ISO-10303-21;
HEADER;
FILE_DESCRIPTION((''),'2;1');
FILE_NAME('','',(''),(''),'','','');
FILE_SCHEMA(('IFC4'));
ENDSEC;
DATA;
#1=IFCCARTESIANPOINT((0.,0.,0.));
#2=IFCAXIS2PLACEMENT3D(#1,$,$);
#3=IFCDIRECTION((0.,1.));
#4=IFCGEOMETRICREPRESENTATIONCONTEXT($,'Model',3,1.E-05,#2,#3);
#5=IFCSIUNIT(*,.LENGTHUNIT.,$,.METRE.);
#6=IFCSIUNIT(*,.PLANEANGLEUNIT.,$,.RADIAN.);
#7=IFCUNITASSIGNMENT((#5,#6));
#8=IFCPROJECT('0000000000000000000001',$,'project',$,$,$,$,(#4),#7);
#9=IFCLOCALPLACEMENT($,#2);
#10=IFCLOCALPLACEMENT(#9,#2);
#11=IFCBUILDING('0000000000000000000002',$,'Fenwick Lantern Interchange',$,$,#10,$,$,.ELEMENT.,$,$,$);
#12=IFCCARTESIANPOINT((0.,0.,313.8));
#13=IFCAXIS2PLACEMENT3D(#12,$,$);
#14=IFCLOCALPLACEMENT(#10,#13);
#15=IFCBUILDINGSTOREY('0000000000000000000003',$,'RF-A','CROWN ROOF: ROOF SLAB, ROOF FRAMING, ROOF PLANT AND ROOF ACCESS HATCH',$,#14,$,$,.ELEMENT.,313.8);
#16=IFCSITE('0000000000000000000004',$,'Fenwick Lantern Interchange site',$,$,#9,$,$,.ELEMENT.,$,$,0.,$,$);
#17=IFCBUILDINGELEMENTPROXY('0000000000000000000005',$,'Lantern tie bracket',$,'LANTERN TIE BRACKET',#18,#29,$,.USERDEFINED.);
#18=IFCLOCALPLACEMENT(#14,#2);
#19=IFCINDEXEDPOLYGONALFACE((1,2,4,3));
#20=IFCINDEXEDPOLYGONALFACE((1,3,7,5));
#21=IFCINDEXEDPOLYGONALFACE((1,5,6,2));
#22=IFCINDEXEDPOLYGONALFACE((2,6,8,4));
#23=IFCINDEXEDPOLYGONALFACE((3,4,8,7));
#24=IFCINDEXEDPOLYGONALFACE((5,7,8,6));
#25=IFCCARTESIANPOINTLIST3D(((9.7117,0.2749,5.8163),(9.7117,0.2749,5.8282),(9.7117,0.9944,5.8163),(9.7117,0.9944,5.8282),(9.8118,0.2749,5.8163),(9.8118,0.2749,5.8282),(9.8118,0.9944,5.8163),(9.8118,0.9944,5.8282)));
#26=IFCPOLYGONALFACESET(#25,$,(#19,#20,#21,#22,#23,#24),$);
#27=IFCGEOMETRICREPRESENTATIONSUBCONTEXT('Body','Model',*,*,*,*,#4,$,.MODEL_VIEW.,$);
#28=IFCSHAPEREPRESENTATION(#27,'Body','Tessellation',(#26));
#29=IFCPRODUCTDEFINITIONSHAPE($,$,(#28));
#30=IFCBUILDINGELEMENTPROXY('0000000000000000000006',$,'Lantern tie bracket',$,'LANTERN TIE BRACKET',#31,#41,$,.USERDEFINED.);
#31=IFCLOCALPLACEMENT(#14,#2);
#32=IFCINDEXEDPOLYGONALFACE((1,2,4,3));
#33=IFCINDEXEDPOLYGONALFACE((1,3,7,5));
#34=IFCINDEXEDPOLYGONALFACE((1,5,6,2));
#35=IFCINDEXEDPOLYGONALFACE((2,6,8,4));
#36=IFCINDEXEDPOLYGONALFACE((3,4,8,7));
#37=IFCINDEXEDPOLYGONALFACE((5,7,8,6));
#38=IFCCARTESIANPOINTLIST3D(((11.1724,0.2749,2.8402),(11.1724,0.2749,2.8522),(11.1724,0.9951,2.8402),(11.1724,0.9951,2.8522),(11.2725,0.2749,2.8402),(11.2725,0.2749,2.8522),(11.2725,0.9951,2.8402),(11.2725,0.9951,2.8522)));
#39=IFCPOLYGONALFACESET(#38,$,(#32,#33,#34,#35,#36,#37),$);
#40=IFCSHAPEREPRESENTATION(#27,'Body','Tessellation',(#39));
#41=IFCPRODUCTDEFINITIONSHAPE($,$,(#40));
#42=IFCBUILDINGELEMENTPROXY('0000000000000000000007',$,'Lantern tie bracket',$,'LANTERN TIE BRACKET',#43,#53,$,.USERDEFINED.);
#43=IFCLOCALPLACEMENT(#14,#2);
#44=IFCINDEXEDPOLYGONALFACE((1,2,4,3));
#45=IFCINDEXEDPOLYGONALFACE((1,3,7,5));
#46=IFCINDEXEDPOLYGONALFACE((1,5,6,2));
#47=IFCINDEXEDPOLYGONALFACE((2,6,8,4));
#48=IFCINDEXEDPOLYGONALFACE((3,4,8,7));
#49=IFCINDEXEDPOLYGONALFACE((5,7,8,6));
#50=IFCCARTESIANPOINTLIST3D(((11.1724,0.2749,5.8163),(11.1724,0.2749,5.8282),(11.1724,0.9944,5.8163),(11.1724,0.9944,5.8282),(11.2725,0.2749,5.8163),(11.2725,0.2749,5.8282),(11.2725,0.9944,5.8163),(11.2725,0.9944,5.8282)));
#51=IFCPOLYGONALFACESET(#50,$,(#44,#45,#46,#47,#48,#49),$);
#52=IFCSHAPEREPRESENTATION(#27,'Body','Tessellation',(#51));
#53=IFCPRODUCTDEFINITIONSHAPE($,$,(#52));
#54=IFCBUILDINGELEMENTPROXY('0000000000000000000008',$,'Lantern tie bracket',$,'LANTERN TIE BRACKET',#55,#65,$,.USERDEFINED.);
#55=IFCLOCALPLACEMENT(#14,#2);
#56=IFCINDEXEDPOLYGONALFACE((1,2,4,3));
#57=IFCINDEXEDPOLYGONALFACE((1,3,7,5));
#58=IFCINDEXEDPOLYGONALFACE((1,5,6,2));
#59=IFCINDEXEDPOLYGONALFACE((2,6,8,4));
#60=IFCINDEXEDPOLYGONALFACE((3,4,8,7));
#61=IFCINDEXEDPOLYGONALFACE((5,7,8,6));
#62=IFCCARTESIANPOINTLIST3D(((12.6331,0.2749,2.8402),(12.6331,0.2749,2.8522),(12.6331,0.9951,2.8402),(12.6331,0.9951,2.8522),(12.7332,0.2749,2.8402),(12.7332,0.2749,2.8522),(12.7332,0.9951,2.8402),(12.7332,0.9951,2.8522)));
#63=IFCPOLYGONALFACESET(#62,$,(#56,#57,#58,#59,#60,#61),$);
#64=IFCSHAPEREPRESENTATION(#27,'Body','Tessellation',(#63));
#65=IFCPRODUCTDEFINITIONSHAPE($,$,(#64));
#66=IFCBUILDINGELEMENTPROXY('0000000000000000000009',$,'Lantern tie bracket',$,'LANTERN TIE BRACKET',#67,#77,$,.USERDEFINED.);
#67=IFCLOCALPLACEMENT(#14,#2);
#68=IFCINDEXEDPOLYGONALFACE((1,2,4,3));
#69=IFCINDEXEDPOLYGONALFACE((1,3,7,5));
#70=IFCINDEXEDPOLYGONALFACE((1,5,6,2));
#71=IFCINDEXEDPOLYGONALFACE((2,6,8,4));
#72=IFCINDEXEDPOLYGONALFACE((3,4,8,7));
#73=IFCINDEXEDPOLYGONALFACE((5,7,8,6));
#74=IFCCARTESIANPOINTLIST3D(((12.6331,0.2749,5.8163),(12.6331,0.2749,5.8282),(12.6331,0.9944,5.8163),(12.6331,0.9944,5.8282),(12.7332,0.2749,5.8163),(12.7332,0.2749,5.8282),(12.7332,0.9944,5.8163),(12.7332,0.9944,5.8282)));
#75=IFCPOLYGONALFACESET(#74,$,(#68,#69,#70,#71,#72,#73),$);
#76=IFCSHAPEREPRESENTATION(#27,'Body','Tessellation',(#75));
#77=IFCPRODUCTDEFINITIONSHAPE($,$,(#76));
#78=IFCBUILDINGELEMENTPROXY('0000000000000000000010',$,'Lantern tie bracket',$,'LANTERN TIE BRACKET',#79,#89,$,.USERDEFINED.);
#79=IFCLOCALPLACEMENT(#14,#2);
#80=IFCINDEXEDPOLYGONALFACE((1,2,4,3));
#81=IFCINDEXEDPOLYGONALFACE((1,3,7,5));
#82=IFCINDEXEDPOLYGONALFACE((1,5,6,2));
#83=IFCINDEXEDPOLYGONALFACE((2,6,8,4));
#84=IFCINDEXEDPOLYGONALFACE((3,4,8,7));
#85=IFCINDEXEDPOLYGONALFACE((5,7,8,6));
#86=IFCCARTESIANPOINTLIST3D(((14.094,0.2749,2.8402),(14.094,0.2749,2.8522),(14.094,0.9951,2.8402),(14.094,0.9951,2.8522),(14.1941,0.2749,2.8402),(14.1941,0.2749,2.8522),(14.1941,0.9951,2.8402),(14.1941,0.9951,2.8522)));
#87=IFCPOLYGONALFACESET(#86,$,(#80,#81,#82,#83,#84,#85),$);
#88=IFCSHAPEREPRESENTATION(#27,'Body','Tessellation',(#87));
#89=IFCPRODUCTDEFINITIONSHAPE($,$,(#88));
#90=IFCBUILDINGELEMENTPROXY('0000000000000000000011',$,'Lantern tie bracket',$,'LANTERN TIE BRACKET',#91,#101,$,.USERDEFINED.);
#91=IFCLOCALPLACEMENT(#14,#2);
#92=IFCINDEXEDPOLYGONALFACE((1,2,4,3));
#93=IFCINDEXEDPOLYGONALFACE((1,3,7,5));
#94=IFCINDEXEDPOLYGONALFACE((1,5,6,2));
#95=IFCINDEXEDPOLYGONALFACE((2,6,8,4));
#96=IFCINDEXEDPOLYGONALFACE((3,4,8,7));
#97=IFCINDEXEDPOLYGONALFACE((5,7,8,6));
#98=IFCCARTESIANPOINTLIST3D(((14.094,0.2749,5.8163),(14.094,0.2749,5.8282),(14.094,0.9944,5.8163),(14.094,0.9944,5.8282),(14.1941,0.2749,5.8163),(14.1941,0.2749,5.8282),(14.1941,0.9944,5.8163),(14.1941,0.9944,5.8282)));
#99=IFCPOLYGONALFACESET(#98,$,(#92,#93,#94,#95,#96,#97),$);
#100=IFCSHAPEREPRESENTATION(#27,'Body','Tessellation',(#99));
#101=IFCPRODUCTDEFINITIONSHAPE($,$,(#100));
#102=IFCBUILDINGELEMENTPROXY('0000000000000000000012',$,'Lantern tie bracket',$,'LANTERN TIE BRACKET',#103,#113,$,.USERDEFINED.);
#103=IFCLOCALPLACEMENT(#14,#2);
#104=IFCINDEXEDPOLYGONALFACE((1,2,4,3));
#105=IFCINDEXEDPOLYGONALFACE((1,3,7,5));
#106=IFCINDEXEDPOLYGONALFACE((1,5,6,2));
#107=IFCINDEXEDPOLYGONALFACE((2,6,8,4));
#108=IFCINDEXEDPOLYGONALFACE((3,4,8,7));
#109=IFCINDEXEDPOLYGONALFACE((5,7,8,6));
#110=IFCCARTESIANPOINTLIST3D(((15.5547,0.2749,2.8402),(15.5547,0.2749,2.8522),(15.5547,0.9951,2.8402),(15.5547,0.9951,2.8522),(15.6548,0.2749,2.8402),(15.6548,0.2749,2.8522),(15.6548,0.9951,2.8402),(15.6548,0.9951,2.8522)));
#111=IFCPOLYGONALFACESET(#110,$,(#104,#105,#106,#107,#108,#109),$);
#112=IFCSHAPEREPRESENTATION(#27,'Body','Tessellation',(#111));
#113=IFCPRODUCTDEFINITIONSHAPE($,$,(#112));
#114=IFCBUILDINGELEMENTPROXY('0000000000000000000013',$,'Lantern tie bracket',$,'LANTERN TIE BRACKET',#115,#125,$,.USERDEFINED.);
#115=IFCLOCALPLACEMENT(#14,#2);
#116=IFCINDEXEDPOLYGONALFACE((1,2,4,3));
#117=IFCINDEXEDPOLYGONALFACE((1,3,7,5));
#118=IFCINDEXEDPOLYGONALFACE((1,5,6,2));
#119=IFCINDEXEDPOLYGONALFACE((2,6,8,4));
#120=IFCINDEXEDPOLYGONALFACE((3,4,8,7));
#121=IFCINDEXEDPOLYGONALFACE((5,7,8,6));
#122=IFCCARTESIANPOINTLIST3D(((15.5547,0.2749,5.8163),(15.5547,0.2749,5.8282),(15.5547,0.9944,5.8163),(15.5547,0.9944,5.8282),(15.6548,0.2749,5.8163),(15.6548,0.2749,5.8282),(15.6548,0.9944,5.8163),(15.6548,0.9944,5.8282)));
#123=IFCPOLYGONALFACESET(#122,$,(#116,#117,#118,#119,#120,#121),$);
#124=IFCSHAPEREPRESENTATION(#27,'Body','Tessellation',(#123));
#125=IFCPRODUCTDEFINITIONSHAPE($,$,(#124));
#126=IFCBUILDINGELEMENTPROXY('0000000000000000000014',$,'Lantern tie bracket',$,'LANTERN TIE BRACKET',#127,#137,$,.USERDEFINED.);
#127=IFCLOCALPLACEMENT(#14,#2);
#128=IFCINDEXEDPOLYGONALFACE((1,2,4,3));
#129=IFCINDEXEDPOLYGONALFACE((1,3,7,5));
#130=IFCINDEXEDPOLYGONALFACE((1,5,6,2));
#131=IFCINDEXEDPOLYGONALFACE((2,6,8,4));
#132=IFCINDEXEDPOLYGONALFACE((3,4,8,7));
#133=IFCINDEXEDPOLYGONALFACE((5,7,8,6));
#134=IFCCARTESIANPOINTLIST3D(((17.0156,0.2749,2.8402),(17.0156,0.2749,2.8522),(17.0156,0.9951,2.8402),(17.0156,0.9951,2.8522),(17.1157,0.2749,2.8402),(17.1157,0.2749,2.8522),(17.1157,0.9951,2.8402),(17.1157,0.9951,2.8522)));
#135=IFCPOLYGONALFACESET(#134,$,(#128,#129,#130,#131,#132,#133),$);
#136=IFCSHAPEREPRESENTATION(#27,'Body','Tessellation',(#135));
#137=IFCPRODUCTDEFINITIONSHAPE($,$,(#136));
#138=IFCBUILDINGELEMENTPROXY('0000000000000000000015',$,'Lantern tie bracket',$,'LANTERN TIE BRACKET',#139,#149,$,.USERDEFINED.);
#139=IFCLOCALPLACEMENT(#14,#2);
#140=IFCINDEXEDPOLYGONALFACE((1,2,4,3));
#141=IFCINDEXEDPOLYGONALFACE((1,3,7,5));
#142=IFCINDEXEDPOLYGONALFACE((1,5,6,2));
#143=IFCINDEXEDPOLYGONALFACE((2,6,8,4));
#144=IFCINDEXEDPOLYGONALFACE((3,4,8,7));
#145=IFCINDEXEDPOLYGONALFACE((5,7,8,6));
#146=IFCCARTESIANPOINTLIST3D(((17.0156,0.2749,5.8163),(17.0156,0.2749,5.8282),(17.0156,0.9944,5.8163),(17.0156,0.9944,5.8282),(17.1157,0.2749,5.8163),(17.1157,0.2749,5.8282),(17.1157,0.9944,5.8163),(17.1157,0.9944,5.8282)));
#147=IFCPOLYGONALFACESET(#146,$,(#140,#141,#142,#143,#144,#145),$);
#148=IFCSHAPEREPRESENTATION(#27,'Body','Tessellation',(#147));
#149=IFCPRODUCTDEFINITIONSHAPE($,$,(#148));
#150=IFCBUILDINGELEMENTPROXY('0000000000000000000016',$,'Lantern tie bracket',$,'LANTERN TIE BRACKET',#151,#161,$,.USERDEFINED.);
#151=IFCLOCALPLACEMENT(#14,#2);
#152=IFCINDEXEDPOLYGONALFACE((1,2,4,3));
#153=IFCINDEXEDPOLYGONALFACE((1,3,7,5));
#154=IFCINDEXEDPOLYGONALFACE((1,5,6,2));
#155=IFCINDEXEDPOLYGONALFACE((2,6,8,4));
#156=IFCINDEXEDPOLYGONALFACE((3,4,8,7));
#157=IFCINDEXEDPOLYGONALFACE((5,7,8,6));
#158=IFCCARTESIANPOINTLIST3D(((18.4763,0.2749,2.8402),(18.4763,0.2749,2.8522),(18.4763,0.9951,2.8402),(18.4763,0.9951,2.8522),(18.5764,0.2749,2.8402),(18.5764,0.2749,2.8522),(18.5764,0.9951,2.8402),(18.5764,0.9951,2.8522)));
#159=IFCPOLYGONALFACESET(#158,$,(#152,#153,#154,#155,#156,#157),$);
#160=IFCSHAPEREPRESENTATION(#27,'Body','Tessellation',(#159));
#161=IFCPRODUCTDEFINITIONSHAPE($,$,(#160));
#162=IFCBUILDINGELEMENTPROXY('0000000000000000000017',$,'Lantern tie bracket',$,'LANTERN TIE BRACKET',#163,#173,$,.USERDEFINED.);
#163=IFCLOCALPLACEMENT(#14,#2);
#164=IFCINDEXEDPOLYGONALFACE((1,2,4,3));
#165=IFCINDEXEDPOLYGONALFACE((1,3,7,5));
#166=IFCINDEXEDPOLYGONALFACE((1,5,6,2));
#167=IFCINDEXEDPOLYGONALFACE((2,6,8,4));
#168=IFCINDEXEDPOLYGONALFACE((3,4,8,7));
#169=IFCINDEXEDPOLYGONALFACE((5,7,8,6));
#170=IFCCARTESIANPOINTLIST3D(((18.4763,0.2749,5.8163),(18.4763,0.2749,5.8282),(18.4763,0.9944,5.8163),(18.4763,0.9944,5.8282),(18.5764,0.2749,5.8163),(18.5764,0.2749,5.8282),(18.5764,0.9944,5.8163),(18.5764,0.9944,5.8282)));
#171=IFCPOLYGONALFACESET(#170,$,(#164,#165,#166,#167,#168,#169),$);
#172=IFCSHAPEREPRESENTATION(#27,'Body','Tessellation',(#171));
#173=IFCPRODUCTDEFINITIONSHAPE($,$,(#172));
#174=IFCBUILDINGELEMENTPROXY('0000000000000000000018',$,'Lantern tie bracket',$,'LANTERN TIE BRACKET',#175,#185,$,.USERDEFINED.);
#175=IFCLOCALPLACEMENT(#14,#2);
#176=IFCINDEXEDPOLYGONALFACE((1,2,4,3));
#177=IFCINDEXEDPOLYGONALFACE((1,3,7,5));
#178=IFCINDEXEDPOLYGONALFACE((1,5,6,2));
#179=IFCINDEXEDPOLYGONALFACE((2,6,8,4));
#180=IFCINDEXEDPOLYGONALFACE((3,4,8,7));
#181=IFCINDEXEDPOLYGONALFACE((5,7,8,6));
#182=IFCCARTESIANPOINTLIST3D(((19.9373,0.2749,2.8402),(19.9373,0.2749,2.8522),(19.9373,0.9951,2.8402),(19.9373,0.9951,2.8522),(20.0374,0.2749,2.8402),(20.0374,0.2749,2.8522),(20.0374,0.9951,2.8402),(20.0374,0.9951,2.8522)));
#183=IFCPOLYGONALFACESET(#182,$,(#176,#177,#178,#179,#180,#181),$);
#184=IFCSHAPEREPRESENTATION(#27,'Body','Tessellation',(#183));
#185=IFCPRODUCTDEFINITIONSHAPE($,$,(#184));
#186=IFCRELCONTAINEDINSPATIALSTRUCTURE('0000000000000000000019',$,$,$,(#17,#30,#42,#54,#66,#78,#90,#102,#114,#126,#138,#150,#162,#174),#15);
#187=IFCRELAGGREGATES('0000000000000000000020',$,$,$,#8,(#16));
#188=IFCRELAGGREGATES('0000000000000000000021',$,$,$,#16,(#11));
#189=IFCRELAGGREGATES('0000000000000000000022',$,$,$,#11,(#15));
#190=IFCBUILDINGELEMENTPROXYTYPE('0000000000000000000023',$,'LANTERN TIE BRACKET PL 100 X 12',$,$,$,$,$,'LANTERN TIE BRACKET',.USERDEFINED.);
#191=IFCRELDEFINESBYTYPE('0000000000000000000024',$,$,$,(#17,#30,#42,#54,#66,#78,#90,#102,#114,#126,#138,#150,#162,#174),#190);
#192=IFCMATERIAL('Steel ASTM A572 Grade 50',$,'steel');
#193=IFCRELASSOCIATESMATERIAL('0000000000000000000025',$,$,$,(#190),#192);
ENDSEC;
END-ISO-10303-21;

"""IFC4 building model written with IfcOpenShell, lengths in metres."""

from ifc_helpers import new_model, si_unit, direction, frame, origin, origin_2d, place, context, subcontext, project, spatial, rectangle, extrude, material, material_profile, profile_set, type_object, element, save


model = new_model("IFC4")

# Units and contexts
model_context = context("Model", 3, precision=1e-05, world=origin(), true_north=direction((0.0, 1.0)))
body_context = subcontext(model_context, "Body", "Model", "MODEL_VIEW")
ifc_project = project(units=[si_unit("LENGTHUNIT", "METRE"), si_unit("PLANEANGLEUNIT", "RADIAN")], contexts=[model_context])

# Site, building, storey
site_placement = place(None, origin())
site = spatial("IfcSite", under=ifc_project, at=site_placement, Name="Fenwick Lantern Interchange site", CompositionType="ELEMENT", RefElevation=0.0)
building_placement = place(site_placement, origin())
building = spatial("IfcBuilding", under=site, at=building_placement, Name="Fenwick Lantern Interchange", CompositionType="ELEMENT")
storey_placement = place(building_placement, frame((0.0, 0.0, 313.8)))
storey = spatial("IfcBuildingStorey", under=building, at=storey_placement, Name="RF-A", Description="CROWN ROOF: ROOF SLAB, ROOF FRAMING, ROOF PLANT AND ROOF ACCESS HATCH", CompositionType="ELEMENT", Elevation=313.8)

# Building element proxies
ifc_material_1 = material(Name="Steel ASTM A572 Grade 50", Category="steel")
ifc_material_profile_1 = material_profile(ifc_material_1, rectangle(XDim=0.1001, YDim=0.012, at=origin_2d()), Name="PL100X12")
ifc_profile_set_1 = profile_set([ifc_material_profile_1], Name="Steel ASTM A572 Grade 50")
building_element_proxy_type = type_object("IfcBuildingElementProxyType", Name="LANTERN TIE BRACKET PL 100 X 12", ElementType="LANTERN TIE BRACKET", PredefinedType="USERDEFINED", material=ifc_profile_set_1)
proxy_1_placement = place(storey_placement, frame((9.7617, 0.2749, 5.8223), z_axis=(0.0, 1.0, 0.0), x_axis=(-1.0, 0.0, 0.0)))
element("IfcBuildingElementProxy", 1, at=proxy_1_placement, inside=storey, type_object=building_element_proxy_type, Name="Lantern tie bracket", ObjectType="LANTERN TIE BRACKET", PredefinedType="USERDEFINED", context=body_context, shape_type="SweptSolid", body=[
    extrude(rectangle(XDim=0.1001, YDim=0.012, at=origin_2d()), origin(), (0.0, 0.0, 1.0), 0.7195),
])
proxy_2_placement = place(storey_placement, frame((11.2224, 0.2749, 2.8462), z_axis=(0.0, 1.0, 0.0), x_axis=(-1.0, 0.0, 0.0)))
element("IfcBuildingElementProxy", 2, at=proxy_2_placement, inside=storey, type_object=building_element_proxy_type, Name="Lantern tie bracket", ObjectType="LANTERN TIE BRACKET", PredefinedType="USERDEFINED", context=body_context, shape_type="SweptSolid", body=[
    extrude(rectangle(XDim=0.1001, YDim=0.012, at=origin_2d()), origin(), (0.0, 0.0, 1.0), 0.7202),
])
proxy_3_placement = place(storey_placement, frame((11.2224, 0.2749, 5.8223), z_axis=(0.0, 1.0, 0.0), x_axis=(-1.0, 0.0, 0.0)))
element("IfcBuildingElementProxy", 3, at=proxy_3_placement, inside=storey, type_object=building_element_proxy_type, Name="Lantern tie bracket", ObjectType="LANTERN TIE BRACKET", PredefinedType="USERDEFINED", context=body_context, shape_type="SweptSolid", body=[
    extrude(rectangle(XDim=0.1001, YDim=0.012, at=origin_2d()), origin(), (0.0, 0.0, 1.0), 0.7195),
])
proxy_4_placement = place(storey_placement, frame((12.6831, 0.2749, 2.8462), z_axis=(0.0, 1.0, 0.0), x_axis=(-1.0, 0.0, 0.0)))
element("IfcBuildingElementProxy", 4, at=proxy_4_placement, inside=storey, type_object=building_element_proxy_type, Name="Lantern tie bracket", ObjectType="LANTERN TIE BRACKET", PredefinedType="USERDEFINED", context=body_context, shape_type="SweptSolid", body=[
    extrude(rectangle(XDim=0.1001, YDim=0.012, at=origin_2d()), origin(), (0.0, 0.0, 1.0), 0.7202),
])
proxy_5_placement = place(storey_placement, frame((12.6831, 0.2749, 5.8223), z_axis=(0.0, 1.0, 0.0), x_axis=(-1.0, 0.0, 0.0)))
element("IfcBuildingElementProxy", 5, at=proxy_5_placement, inside=storey, type_object=building_element_proxy_type, Name="Lantern tie bracket", ObjectType="LANTERN TIE BRACKET", PredefinedType="USERDEFINED", context=body_context, shape_type="SweptSolid", body=[
    extrude(rectangle(XDim=0.1001, YDim=0.012, at=origin_2d()), origin(), (0.0, 0.0, 1.0), 0.7195),
])
proxy_6_placement = place(storey_placement, frame((14.144, 0.2749, 2.8462), z_axis=(0.0, 1.0, 0.0), x_axis=(-1.0, 0.0, 0.0)))
element("IfcBuildingElementProxy", 6, at=proxy_6_placement, inside=storey, type_object=building_element_proxy_type, Name="Lantern tie bracket", ObjectType="LANTERN TIE BRACKET", PredefinedType="USERDEFINED", context=body_context, shape_type="SweptSolid", body=[
    extrude(rectangle(XDim=0.1001, YDim=0.012, at=origin_2d()), origin(), (0.0, 0.0, 1.0), 0.7202),
])
proxy_7_placement = place(storey_placement, frame((14.144, 0.2749, 5.8223), z_axis=(0.0, 1.0, 0.0), x_axis=(-1.0, 0.0, 0.0)))
element("IfcBuildingElementProxy", 7, at=proxy_7_placement, inside=storey, type_object=building_element_proxy_type, Name="Lantern tie bracket", ObjectType="LANTERN TIE BRACKET", PredefinedType="USERDEFINED", context=body_context, shape_type="SweptSolid", body=[
    extrude(rectangle(XDim=0.1001, YDim=0.012, at=origin_2d()), origin(), (0.0, 0.0, 1.0), 0.7195),
])
proxy_8_placement = place(storey_placement, frame((15.6047, 0.2749, 2.8462), z_axis=(0.0, 1.0, 0.0), x_axis=(-1.0, 0.0, 0.0)))
element("IfcBuildingElementProxy", 8, at=proxy_8_placement, inside=storey, type_object=building_element_proxy_type, Name="Lantern tie bracket", ObjectType="LANTERN TIE BRACKET", PredefinedType="USERDEFINED", context=body_context, shape_type="SweptSolid", body=[
    extrude(rectangle(XDim=0.1001, YDim=0.012, at=origin_2d()), origin(), (0.0, 0.0, 1.0), 0.7202),
])
proxy_9_placement = place(storey_placement, frame((15.6047, 0.2749, 5.8223), z_axis=(0.0, 1.0, 0.0), x_axis=(-1.0, 0.0, 0.0)))
element("IfcBuildingElementProxy", 9, at=proxy_9_placement, inside=storey, type_object=building_element_proxy_type, Name="Lantern tie bracket", ObjectType="LANTERN TIE BRACKET", PredefinedType="USERDEFINED", context=body_context, shape_type="SweptSolid", body=[
    extrude(rectangle(XDim=0.1001, YDim=0.012, at=origin_2d()), origin(), (0.0, 0.0, 1.0), 0.7195),
])
proxy_10_placement = place(storey_placement, frame((17.0657, 0.2749, 2.8462), z_axis=(0.0, 1.0, 0.0), x_axis=(-1.0, 0.0, 0.0)))
element("IfcBuildingElementProxy", 10, at=proxy_10_placement, inside=storey, type_object=building_element_proxy_type, Name="Lantern tie bracket", ObjectType="LANTERN TIE BRACKET", PredefinedType="USERDEFINED", context=body_context, shape_type="SweptSolid", body=[
    extrude(rectangle(XDim=0.1001, YDim=0.012, at=origin_2d()), origin(), (0.0, 0.0, 1.0), 0.7202),
])
proxy_11_placement = place(storey_placement, frame((17.0657, 0.2749, 5.8223), z_axis=(0.0, 1.0, 0.0), x_axis=(-1.0, 0.0, 0.0)))
element("IfcBuildingElementProxy", 11, at=proxy_11_placement, inside=storey, type_object=building_element_proxy_type, Name="Lantern tie bracket", ObjectType="LANTERN TIE BRACKET", PredefinedType="USERDEFINED", context=body_context, shape_type="SweptSolid", body=[
    extrude(rectangle(XDim=0.1001, YDim=0.012, at=origin_2d()), origin(), (0.0, 0.0, 1.0), 0.7195),
])
proxy_12_placement = place(storey_placement, frame((18.5264, 0.2749, 2.8462), z_axis=(0.0, 1.0, 0.0), x_axis=(-1.0, 0.0, 0.0)))
element("IfcBuildingElementProxy", 12, at=proxy_12_placement, inside=storey, type_object=building_element_proxy_type, Name="Lantern tie bracket", ObjectType="LANTERN TIE BRACKET", PredefinedType="USERDEFINED", context=body_context, shape_type="SweptSolid", body=[
    extrude(rectangle(XDim=0.1001, YDim=0.012, at=origin_2d()), origin(), (0.0, 0.0, 1.0), 0.7202),
])
proxy_13_placement = place(storey_placement, frame((18.5264, 0.2749, 5.8223), z_axis=(0.0, 1.0, 0.0), x_axis=(-1.0, 0.0, 0.0)))
element("IfcBuildingElementProxy", 13, at=proxy_13_placement, inside=storey, type_object=building_element_proxy_type, Name="Lantern tie bracket", ObjectType="LANTERN TIE BRACKET", PredefinedType="USERDEFINED", context=body_context, shape_type="SweptSolid", body=[
    extrude(rectangle(XDim=0.1001, YDim=0.012, at=origin_2d()), origin(), (0.0, 0.0, 1.0), 0.7195),
])
proxy_14_placement = place(storey_placement, frame((19.9873, 0.2749, 2.8462), z_axis=(0.0, 1.0, 0.0), x_axis=(-1.0, 0.0, 0.0)))
element("IfcBuildingElementProxy", 14, at=proxy_14_placement, inside=storey, type_object=building_element_proxy_type, Name="Lantern tie bracket", ObjectType="LANTERN TIE BRACKET", PredefinedType="USERDEFINED", context=body_context, shape_type="SweptSolid", body=[
    extrude(rectangle(XDim=0.1001, YDim=0.012, at=origin_2d()), origin(), (0.0, 0.0, 1.0), 0.7202),
])

save(model, "model.ifc")
